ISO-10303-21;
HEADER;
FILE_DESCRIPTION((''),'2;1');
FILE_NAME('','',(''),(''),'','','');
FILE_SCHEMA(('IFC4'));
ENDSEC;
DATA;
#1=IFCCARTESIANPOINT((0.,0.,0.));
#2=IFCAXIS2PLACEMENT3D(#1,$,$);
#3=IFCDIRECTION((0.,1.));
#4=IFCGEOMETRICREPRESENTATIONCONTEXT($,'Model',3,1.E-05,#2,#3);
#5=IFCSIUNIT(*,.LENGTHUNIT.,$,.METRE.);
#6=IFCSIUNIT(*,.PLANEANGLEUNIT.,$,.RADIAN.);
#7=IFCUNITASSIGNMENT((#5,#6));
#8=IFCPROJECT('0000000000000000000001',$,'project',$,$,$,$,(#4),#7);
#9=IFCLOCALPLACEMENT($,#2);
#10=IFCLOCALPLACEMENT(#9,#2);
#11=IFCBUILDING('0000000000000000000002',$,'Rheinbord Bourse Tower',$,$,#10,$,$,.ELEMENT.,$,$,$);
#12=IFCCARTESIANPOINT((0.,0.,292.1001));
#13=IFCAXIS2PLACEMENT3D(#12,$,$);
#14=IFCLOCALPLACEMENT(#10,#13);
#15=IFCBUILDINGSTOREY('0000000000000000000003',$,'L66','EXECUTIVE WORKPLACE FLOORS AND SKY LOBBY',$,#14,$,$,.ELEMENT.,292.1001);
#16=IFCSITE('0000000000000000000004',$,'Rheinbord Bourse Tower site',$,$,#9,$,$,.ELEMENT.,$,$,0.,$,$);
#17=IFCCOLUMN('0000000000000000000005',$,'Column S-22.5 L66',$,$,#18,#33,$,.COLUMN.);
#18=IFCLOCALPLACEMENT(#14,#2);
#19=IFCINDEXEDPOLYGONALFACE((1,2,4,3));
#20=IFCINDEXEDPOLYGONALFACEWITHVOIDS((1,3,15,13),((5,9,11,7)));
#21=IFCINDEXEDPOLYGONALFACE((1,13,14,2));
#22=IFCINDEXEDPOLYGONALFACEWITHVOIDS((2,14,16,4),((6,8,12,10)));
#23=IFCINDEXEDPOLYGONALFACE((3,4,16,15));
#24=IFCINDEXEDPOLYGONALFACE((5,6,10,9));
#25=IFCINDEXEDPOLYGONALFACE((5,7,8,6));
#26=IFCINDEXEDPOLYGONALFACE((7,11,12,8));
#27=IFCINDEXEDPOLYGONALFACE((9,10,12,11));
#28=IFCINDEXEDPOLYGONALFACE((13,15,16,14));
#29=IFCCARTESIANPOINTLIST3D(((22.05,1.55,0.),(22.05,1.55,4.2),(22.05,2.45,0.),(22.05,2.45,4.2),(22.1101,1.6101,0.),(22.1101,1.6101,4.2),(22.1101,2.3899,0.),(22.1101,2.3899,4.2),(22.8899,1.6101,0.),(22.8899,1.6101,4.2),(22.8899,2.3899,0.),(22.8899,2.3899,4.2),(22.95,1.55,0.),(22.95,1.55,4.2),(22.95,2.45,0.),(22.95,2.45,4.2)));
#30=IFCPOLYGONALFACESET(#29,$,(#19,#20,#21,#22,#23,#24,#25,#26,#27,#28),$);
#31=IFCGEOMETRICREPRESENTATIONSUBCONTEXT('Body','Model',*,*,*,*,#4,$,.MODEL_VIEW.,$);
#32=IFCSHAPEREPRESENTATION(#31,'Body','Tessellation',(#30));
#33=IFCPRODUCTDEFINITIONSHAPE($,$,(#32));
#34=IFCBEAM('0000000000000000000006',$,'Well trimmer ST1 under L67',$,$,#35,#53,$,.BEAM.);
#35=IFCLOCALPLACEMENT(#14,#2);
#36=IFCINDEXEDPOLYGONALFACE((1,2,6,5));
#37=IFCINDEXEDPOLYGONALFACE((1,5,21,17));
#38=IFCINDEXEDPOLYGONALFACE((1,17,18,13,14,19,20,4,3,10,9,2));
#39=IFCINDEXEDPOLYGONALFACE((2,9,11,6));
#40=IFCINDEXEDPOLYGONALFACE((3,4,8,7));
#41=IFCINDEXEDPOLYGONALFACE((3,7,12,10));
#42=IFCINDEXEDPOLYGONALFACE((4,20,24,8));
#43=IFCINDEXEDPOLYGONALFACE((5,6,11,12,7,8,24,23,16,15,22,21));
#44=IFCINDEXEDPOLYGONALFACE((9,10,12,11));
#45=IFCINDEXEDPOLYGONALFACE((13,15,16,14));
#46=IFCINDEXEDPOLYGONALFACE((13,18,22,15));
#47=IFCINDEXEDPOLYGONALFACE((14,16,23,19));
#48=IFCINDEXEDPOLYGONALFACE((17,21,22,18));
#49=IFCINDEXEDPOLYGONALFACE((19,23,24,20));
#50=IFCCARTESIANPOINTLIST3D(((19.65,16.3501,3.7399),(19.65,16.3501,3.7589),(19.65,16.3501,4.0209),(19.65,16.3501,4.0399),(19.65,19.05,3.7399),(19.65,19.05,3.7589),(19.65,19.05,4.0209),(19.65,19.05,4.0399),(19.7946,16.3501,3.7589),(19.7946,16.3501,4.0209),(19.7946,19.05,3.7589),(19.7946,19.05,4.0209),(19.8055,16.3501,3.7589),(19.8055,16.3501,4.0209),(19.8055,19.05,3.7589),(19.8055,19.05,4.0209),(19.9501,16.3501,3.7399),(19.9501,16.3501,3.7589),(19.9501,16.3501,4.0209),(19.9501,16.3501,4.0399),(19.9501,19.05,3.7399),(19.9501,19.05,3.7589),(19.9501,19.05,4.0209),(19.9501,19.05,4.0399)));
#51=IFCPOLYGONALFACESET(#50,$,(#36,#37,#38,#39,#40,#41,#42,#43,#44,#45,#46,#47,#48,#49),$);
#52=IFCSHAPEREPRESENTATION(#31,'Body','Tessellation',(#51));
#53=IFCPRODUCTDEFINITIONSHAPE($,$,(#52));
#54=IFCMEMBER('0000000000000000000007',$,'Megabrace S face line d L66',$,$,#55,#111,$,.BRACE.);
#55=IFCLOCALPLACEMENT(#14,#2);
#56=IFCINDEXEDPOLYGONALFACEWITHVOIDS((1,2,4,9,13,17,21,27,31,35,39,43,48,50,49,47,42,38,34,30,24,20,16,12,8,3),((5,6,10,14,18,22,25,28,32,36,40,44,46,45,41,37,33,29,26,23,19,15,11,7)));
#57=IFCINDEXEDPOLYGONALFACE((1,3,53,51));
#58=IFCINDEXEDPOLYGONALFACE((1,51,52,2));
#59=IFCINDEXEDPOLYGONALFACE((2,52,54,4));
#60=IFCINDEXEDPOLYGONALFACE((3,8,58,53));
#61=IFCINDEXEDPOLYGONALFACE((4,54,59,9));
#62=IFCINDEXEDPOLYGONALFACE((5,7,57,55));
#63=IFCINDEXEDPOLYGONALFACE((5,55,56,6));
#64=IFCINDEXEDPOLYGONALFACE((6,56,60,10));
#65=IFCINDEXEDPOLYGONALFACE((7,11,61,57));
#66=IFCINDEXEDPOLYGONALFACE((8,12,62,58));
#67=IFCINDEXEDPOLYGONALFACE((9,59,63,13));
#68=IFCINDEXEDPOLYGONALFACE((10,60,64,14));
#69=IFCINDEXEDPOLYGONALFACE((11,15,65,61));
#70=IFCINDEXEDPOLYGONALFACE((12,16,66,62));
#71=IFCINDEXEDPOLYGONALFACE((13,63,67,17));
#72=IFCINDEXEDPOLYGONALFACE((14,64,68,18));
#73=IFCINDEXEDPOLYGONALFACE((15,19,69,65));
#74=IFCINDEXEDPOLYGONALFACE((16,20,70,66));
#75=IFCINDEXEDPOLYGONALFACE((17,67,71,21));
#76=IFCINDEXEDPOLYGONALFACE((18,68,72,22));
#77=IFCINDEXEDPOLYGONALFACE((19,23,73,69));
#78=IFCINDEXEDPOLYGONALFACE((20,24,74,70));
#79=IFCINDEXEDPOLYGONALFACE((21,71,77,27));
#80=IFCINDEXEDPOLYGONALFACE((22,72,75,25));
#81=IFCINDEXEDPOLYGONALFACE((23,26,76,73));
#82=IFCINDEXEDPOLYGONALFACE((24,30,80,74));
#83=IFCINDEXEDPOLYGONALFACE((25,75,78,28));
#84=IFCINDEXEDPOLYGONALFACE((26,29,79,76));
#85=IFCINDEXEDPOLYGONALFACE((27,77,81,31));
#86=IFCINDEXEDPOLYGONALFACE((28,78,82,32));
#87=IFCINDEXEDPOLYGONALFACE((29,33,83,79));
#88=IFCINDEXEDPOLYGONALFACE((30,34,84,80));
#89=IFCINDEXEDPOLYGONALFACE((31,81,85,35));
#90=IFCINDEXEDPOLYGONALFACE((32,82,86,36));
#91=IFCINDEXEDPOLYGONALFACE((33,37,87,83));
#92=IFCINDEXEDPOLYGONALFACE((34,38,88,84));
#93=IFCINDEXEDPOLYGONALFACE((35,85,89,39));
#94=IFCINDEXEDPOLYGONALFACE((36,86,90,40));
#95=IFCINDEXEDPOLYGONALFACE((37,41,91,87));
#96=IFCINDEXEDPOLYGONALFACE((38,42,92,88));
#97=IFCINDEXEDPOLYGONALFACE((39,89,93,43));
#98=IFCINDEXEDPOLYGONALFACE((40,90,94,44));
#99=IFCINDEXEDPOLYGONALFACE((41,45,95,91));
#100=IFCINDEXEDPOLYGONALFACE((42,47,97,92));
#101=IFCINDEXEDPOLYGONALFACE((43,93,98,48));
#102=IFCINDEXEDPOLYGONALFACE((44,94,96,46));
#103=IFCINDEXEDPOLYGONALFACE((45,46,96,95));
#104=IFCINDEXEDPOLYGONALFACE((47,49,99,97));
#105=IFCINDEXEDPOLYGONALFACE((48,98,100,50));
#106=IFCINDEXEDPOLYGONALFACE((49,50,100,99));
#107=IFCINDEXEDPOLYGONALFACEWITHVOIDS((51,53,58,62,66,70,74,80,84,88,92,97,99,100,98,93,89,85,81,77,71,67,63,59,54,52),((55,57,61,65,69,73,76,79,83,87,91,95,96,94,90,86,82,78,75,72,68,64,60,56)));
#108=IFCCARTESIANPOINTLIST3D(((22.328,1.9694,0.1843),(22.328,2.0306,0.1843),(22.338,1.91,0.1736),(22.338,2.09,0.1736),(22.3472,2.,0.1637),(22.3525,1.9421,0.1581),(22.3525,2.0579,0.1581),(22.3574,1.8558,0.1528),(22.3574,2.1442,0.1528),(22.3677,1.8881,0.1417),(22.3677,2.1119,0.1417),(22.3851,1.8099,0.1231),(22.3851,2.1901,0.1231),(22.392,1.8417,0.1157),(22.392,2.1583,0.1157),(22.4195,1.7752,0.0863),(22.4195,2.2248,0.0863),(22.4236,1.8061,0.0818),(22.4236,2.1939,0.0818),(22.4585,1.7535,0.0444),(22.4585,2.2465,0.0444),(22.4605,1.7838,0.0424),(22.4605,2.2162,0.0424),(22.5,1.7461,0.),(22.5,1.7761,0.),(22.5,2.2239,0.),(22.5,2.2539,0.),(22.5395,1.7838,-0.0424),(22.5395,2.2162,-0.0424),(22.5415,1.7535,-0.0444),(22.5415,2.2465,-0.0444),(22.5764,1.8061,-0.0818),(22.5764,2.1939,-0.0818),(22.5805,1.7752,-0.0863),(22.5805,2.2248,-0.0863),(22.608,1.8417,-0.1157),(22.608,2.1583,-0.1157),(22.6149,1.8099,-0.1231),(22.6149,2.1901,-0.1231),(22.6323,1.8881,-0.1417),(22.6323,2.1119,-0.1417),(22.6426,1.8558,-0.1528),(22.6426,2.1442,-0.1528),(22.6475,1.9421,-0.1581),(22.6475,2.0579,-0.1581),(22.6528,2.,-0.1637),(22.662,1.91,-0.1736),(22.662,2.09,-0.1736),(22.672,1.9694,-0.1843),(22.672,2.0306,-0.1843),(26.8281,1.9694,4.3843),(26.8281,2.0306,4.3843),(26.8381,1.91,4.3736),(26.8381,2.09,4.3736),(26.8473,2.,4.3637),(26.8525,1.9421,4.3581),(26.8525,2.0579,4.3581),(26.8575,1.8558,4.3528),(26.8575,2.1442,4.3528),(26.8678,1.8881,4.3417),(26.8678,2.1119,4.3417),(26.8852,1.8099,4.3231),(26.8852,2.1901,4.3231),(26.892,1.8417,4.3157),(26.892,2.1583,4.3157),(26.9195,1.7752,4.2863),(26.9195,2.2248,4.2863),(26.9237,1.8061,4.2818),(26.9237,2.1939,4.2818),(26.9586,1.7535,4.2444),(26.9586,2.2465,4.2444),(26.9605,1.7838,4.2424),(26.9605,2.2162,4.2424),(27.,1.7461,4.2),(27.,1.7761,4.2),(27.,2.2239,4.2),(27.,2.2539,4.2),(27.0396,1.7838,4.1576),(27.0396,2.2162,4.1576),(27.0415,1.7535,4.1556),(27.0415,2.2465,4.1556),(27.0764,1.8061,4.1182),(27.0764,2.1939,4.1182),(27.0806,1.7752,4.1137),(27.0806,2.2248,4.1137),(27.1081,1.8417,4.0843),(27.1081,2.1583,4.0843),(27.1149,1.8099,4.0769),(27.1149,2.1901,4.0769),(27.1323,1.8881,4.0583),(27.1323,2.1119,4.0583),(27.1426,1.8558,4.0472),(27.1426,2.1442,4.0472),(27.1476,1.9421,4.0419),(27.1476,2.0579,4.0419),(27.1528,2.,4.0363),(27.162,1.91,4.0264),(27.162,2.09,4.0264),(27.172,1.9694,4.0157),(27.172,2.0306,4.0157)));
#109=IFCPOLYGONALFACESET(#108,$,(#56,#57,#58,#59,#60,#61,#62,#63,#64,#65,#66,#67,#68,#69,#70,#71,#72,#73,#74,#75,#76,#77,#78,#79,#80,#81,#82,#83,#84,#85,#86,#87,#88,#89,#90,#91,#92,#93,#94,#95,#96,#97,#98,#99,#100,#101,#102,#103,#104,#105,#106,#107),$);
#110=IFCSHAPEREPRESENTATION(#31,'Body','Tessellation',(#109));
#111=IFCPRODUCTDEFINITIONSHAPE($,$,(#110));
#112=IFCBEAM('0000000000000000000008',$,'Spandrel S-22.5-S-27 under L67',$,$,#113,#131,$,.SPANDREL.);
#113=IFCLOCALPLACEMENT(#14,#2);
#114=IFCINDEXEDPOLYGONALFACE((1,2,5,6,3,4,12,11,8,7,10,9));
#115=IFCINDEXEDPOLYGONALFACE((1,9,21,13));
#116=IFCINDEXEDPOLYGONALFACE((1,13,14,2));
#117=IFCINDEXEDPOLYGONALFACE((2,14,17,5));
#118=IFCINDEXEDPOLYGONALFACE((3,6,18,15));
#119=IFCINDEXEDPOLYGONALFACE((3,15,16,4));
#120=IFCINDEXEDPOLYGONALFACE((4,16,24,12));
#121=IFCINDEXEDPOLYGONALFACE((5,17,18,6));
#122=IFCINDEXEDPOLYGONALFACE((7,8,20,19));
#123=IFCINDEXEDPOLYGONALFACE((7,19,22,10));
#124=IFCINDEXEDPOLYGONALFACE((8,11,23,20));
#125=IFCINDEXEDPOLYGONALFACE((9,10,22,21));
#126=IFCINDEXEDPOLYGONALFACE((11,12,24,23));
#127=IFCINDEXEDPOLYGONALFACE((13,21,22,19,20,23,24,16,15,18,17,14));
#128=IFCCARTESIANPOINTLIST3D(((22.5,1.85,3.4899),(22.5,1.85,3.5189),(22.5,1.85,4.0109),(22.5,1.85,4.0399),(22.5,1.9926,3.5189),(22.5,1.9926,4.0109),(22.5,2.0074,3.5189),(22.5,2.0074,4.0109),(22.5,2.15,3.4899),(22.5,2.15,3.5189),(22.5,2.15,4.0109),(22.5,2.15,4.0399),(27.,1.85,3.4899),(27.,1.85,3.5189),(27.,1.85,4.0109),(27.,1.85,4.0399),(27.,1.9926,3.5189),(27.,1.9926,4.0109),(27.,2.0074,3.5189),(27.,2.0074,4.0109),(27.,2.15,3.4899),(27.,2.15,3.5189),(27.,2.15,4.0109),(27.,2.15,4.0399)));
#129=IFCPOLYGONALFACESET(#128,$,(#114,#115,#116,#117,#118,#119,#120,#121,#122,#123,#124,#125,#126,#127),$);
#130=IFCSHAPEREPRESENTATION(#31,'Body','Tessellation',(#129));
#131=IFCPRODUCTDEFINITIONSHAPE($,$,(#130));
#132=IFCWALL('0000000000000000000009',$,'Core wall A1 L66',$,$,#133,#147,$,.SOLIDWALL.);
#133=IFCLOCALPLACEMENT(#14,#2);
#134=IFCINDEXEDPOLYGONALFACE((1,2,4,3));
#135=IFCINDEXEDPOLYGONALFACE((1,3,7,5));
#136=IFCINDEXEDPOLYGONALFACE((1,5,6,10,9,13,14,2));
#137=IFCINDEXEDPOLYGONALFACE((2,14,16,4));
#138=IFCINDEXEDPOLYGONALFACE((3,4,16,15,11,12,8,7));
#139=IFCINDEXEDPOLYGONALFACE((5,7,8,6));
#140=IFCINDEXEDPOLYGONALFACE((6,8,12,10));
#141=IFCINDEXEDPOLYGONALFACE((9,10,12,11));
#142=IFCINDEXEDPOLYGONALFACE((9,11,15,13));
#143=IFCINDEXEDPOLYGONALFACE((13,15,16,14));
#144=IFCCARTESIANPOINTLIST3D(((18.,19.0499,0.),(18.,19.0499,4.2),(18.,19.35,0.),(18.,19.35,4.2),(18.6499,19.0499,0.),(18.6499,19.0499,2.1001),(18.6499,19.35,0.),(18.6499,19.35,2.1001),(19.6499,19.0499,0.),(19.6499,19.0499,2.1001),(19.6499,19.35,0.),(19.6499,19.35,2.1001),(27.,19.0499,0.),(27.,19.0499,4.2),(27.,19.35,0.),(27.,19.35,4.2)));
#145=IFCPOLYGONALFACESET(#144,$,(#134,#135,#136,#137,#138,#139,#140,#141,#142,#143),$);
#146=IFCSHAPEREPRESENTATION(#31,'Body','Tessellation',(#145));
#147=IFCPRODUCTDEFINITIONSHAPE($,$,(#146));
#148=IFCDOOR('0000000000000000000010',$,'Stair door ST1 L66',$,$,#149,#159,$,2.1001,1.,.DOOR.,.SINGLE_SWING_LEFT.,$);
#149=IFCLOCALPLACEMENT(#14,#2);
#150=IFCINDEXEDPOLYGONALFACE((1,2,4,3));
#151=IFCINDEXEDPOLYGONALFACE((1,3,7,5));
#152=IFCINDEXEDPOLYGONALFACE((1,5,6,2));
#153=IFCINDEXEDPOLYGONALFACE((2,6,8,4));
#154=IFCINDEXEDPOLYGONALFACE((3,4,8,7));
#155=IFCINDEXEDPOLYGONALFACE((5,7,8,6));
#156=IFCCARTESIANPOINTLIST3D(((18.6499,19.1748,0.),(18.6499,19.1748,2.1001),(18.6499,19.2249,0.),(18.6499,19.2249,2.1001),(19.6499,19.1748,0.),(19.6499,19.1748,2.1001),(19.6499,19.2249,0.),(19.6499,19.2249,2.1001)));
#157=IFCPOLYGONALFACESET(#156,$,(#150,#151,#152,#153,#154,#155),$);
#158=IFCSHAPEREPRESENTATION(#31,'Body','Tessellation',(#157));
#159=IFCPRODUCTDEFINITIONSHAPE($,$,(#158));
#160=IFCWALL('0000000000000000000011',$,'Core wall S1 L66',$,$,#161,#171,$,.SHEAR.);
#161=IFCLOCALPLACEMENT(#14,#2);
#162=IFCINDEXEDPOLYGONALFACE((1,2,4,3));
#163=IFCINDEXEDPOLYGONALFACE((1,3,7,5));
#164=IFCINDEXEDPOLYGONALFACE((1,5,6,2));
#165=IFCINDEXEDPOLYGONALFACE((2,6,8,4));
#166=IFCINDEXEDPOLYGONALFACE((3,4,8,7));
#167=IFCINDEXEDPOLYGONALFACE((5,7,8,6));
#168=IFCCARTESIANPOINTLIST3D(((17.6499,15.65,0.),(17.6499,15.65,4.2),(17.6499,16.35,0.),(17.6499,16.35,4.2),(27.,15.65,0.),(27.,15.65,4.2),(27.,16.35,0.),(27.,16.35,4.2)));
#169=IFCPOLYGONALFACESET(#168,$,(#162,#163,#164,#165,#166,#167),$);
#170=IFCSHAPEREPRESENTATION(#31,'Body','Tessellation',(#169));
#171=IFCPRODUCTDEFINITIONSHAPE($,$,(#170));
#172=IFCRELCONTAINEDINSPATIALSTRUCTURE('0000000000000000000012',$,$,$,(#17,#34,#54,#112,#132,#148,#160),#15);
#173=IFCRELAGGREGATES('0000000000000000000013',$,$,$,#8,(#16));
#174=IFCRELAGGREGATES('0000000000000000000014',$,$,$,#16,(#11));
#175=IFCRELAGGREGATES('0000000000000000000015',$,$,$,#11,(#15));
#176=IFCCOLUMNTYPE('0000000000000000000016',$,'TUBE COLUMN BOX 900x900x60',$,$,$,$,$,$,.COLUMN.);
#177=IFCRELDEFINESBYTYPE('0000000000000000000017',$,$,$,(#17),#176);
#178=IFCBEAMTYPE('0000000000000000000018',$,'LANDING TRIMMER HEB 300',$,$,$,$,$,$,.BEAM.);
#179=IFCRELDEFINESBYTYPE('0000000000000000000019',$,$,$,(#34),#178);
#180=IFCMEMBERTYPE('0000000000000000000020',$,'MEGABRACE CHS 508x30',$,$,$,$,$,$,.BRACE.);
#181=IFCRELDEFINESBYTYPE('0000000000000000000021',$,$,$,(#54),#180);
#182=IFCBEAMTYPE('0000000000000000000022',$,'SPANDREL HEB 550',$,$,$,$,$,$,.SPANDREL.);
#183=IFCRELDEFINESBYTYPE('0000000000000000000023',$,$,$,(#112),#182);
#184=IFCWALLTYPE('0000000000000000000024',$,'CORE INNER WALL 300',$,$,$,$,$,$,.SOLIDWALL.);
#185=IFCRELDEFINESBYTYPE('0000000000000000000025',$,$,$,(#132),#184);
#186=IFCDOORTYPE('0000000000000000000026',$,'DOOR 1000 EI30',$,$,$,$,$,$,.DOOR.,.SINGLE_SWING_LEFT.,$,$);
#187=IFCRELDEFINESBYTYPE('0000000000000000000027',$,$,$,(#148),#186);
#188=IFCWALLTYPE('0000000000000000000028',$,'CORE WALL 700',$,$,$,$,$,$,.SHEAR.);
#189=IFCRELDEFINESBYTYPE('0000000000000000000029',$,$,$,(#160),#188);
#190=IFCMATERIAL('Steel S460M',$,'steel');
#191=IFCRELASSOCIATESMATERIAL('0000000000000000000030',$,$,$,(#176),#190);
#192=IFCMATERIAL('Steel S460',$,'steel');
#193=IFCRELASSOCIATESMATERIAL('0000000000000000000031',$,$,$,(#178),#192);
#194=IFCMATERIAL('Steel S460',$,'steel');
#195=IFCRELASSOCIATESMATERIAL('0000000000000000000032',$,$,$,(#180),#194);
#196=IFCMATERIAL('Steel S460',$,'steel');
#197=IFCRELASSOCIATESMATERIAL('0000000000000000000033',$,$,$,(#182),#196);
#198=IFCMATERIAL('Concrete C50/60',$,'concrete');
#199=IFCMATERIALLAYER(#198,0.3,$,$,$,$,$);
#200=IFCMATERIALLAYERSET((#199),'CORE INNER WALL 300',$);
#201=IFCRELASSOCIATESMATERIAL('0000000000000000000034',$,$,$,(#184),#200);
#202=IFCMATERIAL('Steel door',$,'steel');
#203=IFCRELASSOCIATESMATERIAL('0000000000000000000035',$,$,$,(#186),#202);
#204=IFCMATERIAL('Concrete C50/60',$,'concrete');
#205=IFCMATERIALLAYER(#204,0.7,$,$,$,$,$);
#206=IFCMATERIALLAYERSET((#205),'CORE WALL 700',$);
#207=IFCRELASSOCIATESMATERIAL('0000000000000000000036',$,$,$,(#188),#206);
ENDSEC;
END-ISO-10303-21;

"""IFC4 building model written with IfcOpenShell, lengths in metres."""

from ifc_helpers import new_model, si_unit, direction, frame, frame_2d, origin, origin_2d, place, context, subcontext, project, spatial, rectangle, hollow_rectangle, hollow_circle, i_section, extrude, material, layer, layer_set, material_profile, profile_set, type_object, element, fill, save


model = new_model("IFC4")

# Units and contexts
model_context = context("Model", 3, precision=1e-05, world=origin(), true_north=direction((0.0, 1.0)))
body_context = subcontext(model_context, "Body", "Model", "MODEL_VIEW")
ifc_project = project(units=[si_unit("LENGTHUNIT", "METRE"), si_unit("PLANEANGLEUNIT", "RADIAN")], contexts=[model_context])

# Site, building, storey
site_placement = place(None, origin())
site = spatial("IfcSite", under=ifc_project, at=site_placement, Name="Rheinbord Bourse Tower site", CompositionType="ELEMENT", RefElevation=0.0)
building_placement = place(site_placement, origin())
building = spatial("IfcBuilding", under=site, at=building_placement, Name="Rheinbord Bourse Tower", CompositionType="ELEMENT")
storey_placement = place(building_placement, frame((0.0, 0.0, 292.1001)))
storey = spatial("IfcBuildingStorey", under=building, at=storey_placement, Name="L66", Description="EXECUTIVE WORKPLACE FLOORS AND SKY LOBBY", CompositionType="ELEMENT", Elevation=292.1001)

# Column
ifc_material_1 = material(Name="Steel S460M", Category="steel")
ifc_material_profile_1 = material_profile(ifc_material_1, hollow_rectangle(XDim=0.8999, YDim=0.8999, WallThickness=0.0601, at=origin_2d()), Name="BOX 900x900x60")
ifc_profile_set_1 = profile_set([ifc_material_profile_1], Name="Steel S460M")
column_type = type_object("IfcColumnType", Name="TUBE COLUMN BOX 900x900x60", PredefinedType="COLUMN", material=ifc_profile_set_1)
column_placement = place(storey_placement, frame((22.5, 2.0, 0.0), z_axis=(0.0, 0.0, 1.0), x_axis=(0.0, 1.0, 0.0)))
element("IfcColumn", 1, at=column_placement, inside=storey, type_object=column_type, Name="Column S-22.5 L66", PredefinedType="COLUMN", context=body_context, shape_type="SweptSolid", body=[
    extrude(hollow_rectangle(XDim=0.8999, YDim=0.8999, WallThickness=0.0601, at=origin_2d()), origin(), (0.0, 0.0, 1.0), 4.2),
])

# Beam
ifc_material_2 = material(Name="Steel S460", Category="steel")
ifc_material_profile_2 = material_profile(ifc_material_2, i_section(OverallWidth=0.3, OverallDepth=0.3, WebThickness=0.011, FlangeThickness=0.019, at=origin_2d()), Name="HEB 300")
ifc_profile_set_2 = profile_set([ifc_material_profile_2], Name="Steel S460")
beam_type_1 = type_object("IfcBeamType", Name="LANDING TRIMMER HEB 300", PredefinedType="BEAM", material=ifc_profile_set_2)
beam_1_placement = place(storey_placement, frame((19.8, 16.3501, 3.8899), z_axis=(0.0, 1.0, 0.0), x_axis=(-1.0, 0.0, 0.0)))
element("IfcBeam", 2, at=beam_1_placement, inside=storey, type_object=beam_type_1, Name="Well trimmer ST1 under L67", PredefinedType="BEAM", context=body_context, shape_type="SweptSolid", body=[
    extrude(i_section(OverallWidth=0.3, OverallDepth=0.3, WebThickness=0.011, FlangeThickness=0.019, at=origin_2d()), origin(), (0.0, 0.0, 1.0), 2.7),
])

# Member
ifc_material_3 = material(Name="Steel S460", Category="steel")
ifc_material_profile_3 = material_profile(ifc_material_3, hollow_circle(Radius=0.2539, WallThickness=0.03, at=origin_2d()), Name="CHS 508x30")
ifc_profile_set_3 = profile_set([ifc_material_profile_3], Name="Steel S460")
member_type = type_object("IfcMemberType", Name="MEGABRACE CHS 508x30", PredefinedType="BRACE", material=ifc_profile_set_3)
member_placement = place(storey_placement, frame((22.5, 2.0, 0.0), z_axis=(0.731059, 0.0, 0.682314), x_axis=(0.0, 1.0, 0.0)))
element("IfcMember", 3, at=member_placement, inside=storey, type_object=member_type, Name="Megabrace S face line d L66", PredefinedType="BRACE", context=body_context, shape_type="SweptSolid", body=[
    extrude(hollow_circle(Radius=0.2539, WallThickness=0.03, at=origin_2d()), origin(), (0.0, 0.0, 1.0), 6.1555),
])

# Beam
ifc_material_4 = material(Name="Steel S460", Category="steel")
ifc_material_profile_4 = material_profile(ifc_material_4, i_section(OverallWidth=0.3, OverallDepth=0.55, WebThickness=0.0149, FlangeThickness=0.0291, at=origin_2d()), Name="HEB 550")
ifc_profile_set_4 = profile_set([ifc_material_profile_4], Name="Steel S460")
beam_type_2 = type_object("IfcBeamType", Name="SPANDREL HEB 550", PredefinedType="SPANDREL", material=ifc_profile_set_4)
beam_2_placement = place(storey_placement, frame((22.5, 2.0, 3.7649), z_axis=(1.0, 0.0, 0.0), x_axis=(0.0, 1.0, 0.0)))
element("IfcBeam", 4, at=beam_2_placement, inside=storey, type_object=beam_type_2, Name="Spandrel S-22.5-S-27 under L67", PredefinedType="SPANDREL", context=body_context, shape_type="SweptSolid", body=[
    extrude(i_section(OverallWidth=0.3, OverallDepth=0.55, WebThickness=0.0149, FlangeThickness=0.0291, at=origin_2d()), origin(), (0.0, 0.0, 1.0), 4.5),
])

# Wall, opening, door
ifc_material_5 = material(Name="Concrete C50/60", Category="concrete")
ifc_layer_1 = layer(ifc_material_5, 0.3)
ifc_layer_set_1 = layer_set([ifc_layer_1], Name="CORE INNER WALL 300")
wall_type_1 = type_object("IfcWallType", Name="CORE INNER WALL 300", PredefinedType="SOLIDWALL", material=ifc_layer_set_1)
wall_1_placement = place(storey_placement, frame((18.0, 19.2, 0.0), z_axis=(0.0, 0.0, 1.0), x_axis=(1.0, 0.0, 0.0)))
wall_1 = element("IfcWall", 5, at=wall_1_placement, inside=storey, type_object=wall_type_1, Name="Core wall A1 L66", PredefinedType="SOLIDWALL", context=body_context, shape_type="SweptSolid", body=[
    extrude(rectangle(XDim=9.0, YDim=0.3, at=frame_2d((4.5, 0.0))), origin(), (0.0, 0.0, 1.0), 4.2),
])
opening_1_placement = place(wall_1_placement, frame((0.6499, 0.0, 0.0)))
opening_1 = element("IfcOpeningElement", 6, at=opening_1_placement, cuts=wall_1, PredefinedType="OPENING", context=body_context, shape_type="SweptSolid", body=[
    extrude(rectangle(XDim=1.0, YDim=2.1001, at=frame_2d((0.5, 1.05))), frame((0.0, 0.1599, 0.0), z_axis=(0.0, -1.0, 0.0), x_axis=(1.0, 0.0, 0.0)), (0.0, 0.0, 1.0), 0.3201),
])
ifc_material_6 = material(Name="Steel door", Category="steel")
door_type_1 = type_object("IfcDoorType", Name="DOOR 1000 EI30", OperationType="SINGLE_SWING_LEFT", PredefinedType="DOOR", material=ifc_material_6)
door_1_placement = place(opening_1_placement, origin())
door_1 = element("IfcDoor", 7, at=door_1_placement, inside=storey, type_object=door_type_1, Name="Stair door ST1 L66", OperationType="SINGLE_SWING_LEFT", OverallHeight=2.1001, OverallWidth=1.0, PredefinedType="DOOR", context=body_context, shape_type="SweptSolid", body=[
    extrude(rectangle(XDim=1.0, YDim=2.1001, at=frame_2d((0.5, 1.05))), frame((0.0, 0.0249, 0.0), z_axis=(0.0, -1.0, 0.0), x_axis=(1.0, 0.0, 0.0)), (0.0, 0.0, 1.0), 0.05),
])
fill(opening_1, door_1)

# Wall
ifc_material_7 = material(Name="Concrete C50/60", Category="concrete")
ifc_layer_2 = layer(ifc_material_7, 0.7)
ifc_layer_set_2 = layer_set([ifc_layer_2], Name="CORE WALL 700")
wall_type_2 = type_object("IfcWallType", Name="CORE WALL 700", PredefinedType="SHEAR", material=ifc_layer_set_2)
wall_2_placement = place(storey_placement, frame((17.6499, 16.0, 0.0), z_axis=(0.0, 0.0, 1.0), x_axis=(1.0, 0.0, 0.0)))
element("IfcWall", 8, at=wall_2_placement, inside=storey, type_object=wall_type_2, Name="Core wall S1 L66", PredefinedType="SHEAR", context=body_context, shape_type="SweptSolid", body=[
    extrude(rectangle(XDim=9.3501, YDim=0.7, at=frame_2d((4.675, 0.0))), origin(), (0.0, 0.0, 1.0), 4.2),
])

save(model, "model.ifc")
